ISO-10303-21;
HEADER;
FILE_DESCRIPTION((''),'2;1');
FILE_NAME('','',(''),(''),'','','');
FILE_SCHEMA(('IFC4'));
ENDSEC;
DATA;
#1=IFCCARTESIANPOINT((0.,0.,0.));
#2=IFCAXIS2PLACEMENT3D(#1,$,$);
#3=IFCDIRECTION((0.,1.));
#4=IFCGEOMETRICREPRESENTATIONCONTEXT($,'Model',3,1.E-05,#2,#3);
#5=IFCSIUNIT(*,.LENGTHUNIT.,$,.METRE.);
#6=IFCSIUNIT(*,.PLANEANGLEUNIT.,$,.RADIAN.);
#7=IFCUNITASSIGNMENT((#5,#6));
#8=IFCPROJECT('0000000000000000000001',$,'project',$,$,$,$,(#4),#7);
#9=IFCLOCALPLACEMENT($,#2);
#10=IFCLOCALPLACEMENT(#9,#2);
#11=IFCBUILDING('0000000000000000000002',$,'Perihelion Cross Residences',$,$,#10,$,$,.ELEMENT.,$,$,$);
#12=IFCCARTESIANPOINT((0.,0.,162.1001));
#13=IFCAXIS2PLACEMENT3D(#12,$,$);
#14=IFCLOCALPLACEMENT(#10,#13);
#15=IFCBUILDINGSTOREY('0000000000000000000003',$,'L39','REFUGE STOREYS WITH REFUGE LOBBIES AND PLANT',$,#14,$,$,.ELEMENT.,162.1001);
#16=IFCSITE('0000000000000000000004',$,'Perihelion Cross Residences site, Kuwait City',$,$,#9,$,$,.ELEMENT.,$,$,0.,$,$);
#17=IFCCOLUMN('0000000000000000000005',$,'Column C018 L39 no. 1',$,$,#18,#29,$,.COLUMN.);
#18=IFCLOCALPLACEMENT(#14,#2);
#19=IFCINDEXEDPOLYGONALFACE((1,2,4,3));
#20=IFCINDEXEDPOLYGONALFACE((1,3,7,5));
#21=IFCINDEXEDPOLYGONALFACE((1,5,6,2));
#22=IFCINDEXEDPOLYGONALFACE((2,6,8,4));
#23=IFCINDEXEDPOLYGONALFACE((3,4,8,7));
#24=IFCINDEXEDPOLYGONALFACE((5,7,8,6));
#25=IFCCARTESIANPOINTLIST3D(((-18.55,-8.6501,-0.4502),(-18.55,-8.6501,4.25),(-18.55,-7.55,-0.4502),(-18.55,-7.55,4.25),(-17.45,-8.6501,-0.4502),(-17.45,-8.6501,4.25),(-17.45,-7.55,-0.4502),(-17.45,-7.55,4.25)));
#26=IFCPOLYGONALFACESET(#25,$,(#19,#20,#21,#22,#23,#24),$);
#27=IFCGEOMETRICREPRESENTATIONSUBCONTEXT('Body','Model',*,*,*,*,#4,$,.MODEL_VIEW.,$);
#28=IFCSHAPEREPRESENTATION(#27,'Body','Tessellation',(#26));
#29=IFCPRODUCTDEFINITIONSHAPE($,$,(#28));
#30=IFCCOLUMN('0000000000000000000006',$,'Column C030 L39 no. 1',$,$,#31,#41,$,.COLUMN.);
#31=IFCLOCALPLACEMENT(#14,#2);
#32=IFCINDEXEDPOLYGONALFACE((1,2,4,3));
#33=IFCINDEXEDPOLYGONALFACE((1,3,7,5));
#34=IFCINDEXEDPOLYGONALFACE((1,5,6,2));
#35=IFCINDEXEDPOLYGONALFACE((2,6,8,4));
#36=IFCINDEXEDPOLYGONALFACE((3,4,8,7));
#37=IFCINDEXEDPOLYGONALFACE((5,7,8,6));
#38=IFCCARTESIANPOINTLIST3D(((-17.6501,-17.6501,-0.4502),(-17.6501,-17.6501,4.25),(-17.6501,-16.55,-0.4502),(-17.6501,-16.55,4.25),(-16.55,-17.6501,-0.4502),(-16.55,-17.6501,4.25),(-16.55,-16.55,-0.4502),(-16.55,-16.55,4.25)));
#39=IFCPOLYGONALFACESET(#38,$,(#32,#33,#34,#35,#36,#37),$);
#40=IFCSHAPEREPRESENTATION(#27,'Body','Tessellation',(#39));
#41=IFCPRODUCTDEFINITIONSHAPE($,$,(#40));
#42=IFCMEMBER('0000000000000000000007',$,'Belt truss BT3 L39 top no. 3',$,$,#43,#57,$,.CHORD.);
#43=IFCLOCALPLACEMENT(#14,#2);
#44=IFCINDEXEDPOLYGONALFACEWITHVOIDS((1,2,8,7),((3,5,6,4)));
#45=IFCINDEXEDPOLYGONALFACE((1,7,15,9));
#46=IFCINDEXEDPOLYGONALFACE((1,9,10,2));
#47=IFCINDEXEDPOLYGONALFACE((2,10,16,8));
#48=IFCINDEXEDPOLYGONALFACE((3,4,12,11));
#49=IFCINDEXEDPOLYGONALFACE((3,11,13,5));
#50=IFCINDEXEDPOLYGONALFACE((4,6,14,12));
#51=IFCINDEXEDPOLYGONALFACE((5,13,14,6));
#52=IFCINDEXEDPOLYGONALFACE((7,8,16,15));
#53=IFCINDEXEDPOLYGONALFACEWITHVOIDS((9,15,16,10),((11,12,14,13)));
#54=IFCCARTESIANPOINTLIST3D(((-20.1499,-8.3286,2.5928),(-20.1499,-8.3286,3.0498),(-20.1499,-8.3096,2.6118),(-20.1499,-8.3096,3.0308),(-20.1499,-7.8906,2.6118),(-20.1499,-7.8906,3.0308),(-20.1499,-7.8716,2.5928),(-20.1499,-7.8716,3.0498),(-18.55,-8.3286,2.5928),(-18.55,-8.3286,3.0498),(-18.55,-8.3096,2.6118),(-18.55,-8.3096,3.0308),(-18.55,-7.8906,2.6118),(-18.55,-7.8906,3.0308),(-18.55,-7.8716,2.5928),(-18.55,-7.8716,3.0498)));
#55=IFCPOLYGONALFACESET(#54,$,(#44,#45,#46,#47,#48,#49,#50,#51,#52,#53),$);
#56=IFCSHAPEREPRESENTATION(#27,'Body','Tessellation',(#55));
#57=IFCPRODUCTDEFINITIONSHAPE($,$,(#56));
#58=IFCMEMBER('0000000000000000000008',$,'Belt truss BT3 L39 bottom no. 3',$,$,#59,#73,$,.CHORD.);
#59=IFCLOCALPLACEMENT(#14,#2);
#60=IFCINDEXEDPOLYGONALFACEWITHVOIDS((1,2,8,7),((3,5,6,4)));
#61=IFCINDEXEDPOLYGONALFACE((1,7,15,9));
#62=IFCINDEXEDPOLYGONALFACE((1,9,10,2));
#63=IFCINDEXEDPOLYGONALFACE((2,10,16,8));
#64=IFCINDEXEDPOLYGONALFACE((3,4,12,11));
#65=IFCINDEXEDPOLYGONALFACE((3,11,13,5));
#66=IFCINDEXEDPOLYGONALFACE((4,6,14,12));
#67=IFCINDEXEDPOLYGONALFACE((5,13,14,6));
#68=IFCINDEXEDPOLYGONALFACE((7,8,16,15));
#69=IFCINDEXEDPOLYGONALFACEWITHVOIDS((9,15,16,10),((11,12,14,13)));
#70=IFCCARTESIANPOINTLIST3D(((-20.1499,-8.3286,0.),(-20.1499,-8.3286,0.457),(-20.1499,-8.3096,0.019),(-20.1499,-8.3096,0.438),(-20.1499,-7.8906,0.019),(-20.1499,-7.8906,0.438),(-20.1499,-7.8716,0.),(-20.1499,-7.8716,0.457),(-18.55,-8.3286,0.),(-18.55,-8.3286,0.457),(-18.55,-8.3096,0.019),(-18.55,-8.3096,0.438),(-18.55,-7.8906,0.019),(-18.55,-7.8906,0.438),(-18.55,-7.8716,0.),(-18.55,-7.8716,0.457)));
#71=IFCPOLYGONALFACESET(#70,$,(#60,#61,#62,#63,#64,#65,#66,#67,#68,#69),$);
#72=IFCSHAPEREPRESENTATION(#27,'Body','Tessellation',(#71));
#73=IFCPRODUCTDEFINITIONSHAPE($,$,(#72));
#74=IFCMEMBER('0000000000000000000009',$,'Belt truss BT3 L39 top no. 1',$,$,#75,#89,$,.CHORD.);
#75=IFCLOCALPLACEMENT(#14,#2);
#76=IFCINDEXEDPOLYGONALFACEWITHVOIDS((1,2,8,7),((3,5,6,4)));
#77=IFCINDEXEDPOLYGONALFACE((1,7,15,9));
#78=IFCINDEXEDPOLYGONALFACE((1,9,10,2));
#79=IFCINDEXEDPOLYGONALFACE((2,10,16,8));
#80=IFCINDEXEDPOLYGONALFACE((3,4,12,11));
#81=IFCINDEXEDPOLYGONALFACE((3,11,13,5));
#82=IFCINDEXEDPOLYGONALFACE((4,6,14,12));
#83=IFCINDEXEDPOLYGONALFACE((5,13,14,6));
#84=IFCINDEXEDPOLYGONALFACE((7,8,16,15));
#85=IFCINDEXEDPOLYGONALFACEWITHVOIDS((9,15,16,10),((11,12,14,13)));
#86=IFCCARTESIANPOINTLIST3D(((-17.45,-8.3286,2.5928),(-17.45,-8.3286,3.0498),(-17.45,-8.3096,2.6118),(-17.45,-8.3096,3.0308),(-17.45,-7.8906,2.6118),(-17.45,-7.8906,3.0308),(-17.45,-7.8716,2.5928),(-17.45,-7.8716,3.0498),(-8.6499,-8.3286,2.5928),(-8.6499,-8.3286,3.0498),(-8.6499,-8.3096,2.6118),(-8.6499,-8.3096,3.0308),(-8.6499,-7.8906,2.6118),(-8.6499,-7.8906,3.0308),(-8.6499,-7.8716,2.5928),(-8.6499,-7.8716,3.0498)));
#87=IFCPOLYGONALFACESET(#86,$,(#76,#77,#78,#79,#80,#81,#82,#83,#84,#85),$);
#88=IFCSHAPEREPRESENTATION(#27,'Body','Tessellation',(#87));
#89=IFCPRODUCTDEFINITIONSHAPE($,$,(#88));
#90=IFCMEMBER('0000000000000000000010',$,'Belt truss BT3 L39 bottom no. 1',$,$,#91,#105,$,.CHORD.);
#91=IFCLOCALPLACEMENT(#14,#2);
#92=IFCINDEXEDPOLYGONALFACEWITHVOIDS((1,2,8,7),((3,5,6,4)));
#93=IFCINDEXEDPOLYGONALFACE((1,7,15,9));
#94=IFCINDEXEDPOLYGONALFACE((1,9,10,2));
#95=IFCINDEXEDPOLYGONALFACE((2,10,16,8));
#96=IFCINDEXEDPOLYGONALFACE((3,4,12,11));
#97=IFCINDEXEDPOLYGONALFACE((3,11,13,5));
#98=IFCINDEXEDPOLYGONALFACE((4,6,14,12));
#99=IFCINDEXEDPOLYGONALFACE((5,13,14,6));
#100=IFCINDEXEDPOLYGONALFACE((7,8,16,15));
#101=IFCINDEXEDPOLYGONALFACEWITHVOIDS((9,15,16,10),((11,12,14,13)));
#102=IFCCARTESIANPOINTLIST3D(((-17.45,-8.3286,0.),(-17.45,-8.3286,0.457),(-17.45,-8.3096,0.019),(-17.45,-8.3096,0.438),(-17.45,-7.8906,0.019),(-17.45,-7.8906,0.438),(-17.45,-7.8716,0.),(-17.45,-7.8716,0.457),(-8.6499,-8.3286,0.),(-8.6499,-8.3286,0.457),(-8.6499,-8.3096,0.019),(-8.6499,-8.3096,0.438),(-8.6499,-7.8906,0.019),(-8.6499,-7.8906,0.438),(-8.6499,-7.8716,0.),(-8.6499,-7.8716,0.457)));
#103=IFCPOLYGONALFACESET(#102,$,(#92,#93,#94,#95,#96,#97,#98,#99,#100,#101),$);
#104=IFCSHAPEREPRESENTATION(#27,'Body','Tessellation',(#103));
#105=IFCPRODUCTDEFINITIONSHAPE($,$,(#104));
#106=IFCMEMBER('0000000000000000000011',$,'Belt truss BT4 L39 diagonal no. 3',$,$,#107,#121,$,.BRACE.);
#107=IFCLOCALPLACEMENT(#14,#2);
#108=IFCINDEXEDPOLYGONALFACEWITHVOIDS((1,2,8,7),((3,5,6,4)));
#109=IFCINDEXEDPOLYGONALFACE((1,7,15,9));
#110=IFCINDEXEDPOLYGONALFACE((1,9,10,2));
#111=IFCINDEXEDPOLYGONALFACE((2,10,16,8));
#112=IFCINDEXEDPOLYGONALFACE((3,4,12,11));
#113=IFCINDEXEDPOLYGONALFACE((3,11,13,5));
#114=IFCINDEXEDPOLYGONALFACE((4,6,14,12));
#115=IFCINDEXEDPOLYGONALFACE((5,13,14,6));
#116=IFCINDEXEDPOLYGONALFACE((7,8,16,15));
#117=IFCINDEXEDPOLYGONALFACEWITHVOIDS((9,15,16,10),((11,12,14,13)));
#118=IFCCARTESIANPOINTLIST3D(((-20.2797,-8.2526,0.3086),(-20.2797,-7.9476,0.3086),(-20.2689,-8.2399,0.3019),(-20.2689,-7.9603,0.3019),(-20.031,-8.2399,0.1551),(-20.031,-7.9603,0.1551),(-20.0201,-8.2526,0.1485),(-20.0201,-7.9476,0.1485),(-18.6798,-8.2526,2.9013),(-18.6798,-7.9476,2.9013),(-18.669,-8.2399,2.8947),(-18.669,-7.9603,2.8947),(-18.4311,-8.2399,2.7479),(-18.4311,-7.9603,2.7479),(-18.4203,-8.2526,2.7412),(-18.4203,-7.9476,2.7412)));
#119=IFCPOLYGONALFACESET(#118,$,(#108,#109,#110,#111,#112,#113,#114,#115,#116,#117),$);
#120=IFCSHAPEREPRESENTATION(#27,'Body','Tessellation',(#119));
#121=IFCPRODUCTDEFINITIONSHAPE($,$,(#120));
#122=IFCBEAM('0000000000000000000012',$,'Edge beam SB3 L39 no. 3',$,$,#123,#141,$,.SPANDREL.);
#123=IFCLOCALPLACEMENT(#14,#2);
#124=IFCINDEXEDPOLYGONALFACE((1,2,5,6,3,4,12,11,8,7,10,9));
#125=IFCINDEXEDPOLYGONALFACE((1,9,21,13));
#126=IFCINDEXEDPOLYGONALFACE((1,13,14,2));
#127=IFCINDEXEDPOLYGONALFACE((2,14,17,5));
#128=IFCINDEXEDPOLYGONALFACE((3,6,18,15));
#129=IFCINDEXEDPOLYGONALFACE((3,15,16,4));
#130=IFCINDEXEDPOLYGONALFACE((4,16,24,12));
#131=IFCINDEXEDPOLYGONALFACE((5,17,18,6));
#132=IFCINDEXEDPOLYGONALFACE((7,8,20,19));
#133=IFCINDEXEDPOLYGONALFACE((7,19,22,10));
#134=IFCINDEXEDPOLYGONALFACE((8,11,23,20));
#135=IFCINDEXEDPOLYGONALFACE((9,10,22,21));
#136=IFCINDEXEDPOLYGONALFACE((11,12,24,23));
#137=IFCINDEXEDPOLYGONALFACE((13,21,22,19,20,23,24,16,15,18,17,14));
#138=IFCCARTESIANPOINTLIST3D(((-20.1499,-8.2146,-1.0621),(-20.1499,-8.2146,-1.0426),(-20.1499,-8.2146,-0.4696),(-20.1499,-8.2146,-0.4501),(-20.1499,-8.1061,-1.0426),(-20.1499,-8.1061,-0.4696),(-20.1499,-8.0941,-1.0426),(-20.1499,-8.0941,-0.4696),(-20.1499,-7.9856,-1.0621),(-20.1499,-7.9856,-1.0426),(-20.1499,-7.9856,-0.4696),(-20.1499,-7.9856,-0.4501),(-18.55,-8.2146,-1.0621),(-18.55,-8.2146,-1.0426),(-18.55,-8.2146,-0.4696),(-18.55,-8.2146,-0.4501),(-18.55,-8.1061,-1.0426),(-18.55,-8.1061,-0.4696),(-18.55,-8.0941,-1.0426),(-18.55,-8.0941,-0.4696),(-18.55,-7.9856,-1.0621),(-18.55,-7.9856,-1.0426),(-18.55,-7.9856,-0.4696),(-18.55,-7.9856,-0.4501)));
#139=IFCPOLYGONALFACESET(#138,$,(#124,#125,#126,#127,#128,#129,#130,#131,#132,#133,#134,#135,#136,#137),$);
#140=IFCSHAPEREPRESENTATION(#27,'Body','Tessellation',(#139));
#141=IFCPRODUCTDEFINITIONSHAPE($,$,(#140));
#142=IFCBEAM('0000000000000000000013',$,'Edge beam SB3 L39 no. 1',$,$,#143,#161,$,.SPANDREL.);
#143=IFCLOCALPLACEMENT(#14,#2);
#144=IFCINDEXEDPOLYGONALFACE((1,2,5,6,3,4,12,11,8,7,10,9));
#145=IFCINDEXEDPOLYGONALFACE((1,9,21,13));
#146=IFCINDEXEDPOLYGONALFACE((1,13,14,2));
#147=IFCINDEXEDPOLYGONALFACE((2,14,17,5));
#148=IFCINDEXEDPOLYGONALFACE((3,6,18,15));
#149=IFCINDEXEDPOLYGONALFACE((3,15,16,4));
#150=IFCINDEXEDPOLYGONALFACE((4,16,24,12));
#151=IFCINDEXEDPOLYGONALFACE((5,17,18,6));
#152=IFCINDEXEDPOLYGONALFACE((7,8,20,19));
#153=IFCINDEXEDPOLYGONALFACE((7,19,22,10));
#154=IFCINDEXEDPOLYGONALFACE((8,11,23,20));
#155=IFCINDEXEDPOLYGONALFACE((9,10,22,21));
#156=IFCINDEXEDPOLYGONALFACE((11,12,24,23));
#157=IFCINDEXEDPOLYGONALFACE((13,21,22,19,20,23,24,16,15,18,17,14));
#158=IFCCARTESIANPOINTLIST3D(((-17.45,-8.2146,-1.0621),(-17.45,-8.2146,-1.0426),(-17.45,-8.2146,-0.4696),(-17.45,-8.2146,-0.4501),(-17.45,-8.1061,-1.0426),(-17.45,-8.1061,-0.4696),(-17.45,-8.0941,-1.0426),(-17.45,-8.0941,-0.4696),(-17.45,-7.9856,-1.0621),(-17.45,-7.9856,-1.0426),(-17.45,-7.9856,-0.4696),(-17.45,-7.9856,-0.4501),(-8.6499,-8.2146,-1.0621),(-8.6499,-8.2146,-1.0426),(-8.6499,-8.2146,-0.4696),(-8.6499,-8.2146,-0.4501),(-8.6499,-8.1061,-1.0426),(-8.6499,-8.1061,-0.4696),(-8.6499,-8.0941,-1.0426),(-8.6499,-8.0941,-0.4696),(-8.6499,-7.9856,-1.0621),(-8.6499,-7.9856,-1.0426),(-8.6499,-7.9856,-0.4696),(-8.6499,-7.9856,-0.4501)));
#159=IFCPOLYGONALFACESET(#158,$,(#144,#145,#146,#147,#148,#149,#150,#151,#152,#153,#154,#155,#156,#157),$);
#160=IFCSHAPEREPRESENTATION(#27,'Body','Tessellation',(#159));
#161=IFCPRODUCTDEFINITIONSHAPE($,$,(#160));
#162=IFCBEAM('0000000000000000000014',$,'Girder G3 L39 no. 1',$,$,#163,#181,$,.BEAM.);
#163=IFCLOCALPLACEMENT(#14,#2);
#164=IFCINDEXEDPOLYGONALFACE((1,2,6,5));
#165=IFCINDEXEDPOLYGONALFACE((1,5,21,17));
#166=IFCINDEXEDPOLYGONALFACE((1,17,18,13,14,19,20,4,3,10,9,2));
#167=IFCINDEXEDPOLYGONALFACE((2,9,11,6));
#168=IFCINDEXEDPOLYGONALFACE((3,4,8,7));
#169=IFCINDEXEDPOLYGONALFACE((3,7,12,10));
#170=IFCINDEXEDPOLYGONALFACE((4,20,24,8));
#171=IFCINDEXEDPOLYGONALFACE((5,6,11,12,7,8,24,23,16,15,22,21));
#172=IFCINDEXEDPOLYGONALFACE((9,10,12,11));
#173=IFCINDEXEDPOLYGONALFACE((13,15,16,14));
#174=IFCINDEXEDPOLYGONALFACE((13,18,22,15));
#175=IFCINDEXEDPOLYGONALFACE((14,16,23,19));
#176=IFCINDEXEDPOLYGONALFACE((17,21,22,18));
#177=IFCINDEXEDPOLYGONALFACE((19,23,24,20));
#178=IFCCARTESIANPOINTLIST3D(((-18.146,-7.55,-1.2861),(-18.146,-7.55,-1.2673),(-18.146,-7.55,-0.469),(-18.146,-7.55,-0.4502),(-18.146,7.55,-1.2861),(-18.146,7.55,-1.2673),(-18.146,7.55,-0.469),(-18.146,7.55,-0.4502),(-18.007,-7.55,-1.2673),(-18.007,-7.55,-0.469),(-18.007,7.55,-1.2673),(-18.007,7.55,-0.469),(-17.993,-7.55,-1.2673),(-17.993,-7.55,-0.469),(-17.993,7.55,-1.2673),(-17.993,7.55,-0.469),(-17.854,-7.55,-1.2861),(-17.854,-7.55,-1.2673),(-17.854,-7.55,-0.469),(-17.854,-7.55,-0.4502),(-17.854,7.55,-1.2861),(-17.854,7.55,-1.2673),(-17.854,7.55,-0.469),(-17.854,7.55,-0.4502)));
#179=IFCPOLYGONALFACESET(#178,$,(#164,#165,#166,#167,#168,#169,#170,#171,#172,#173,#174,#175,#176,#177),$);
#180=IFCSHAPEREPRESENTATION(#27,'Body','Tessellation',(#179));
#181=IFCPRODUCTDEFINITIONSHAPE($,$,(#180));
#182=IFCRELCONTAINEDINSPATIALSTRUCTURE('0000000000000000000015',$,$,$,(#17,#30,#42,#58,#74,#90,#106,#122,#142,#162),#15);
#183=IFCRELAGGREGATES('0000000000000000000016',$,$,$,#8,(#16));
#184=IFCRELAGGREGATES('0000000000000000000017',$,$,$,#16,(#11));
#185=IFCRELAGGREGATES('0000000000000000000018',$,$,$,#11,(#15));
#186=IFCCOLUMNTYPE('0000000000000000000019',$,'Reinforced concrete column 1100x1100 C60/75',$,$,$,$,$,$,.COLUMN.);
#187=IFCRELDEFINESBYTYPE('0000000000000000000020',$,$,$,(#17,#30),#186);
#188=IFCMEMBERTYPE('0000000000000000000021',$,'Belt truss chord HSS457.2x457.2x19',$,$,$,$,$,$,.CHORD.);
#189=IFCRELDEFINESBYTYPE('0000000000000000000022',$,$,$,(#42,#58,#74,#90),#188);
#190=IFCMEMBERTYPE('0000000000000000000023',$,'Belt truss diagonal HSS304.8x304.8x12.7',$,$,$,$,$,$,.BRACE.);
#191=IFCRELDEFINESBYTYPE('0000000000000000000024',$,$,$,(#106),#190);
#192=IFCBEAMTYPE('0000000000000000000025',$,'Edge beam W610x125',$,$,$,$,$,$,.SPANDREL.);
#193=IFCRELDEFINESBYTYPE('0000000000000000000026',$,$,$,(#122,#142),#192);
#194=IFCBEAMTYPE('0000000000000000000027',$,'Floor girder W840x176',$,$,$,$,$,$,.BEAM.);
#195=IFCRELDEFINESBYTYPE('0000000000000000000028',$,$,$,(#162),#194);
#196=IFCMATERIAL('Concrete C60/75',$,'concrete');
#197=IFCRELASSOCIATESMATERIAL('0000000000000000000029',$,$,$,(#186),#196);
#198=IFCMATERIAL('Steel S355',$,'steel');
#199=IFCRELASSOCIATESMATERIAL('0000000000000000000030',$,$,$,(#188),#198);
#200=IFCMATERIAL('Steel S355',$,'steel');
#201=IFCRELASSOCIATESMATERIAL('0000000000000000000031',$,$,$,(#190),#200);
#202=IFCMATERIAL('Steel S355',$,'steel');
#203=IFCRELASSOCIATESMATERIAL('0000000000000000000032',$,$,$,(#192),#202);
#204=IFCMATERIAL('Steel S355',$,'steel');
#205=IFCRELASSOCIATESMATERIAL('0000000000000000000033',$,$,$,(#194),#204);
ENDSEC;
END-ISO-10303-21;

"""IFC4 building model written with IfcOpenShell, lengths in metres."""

from ifc_helpers import new_model, si_unit, direction, frame, origin, origin_2d, place, context, subcontext, project, spatial, rectangle, hollow_rectangle, i_section, extrude, material, material_profile, profile_set, type_object, element, save


model = new_model("IFC4")

# Units and contexts
model_context = context("Model", 3, precision=1e-05, world=origin(), true_north=direction((0.0, 1.0)))
body_context = subcontext(model_context, "Body", "Model", "MODEL_VIEW")
ifc_project = project(units=[si_unit("LENGTHUNIT", "METRE"), si_unit("PLANEANGLEUNIT", "RADIAN")], contexts=[model_context])

# Site, building, storey
site_placement = place(None, origin())
site = spatial("IfcSite", under=ifc_project, at=site_placement, Name="Perihelion Cross Residences site, Kuwait City", CompositionType="ELEMENT", RefElevation=0.0)
building_placement = place(site_placement, origin())
building = spatial("IfcBuilding", under=site, at=building_placement, Name="Perihelion Cross Residences", CompositionType="ELEMENT")
storey_placement = place(building_placement, frame((0.0, 0.0, 162.1001)))
storey = spatial("IfcBuildingStorey", under=building, at=storey_placement, Name="L39", Description="REFUGE STOREYS WITH REFUGE LOBBIES AND PLANT", CompositionType="ELEMENT", Elevation=162.1001)

# Columns
ifc_material_1 = material(Name="Concrete C60/75", Category="concrete")
ifc_material_profile_1 = material_profile(ifc_material_1, rectangle(XDim=1.1001, YDim=1.1001, at=origin_2d()), Name="RC 1100x1100")
ifc_profile_set_1 = profile_set([ifc_material_profile_1], Name="Concrete C60/75")
column_type = type_object("IfcColumnType", Name="Reinforced concrete column 1100x1100 C60/75", PredefinedType="COLUMN", material=ifc_profile_set_1)
for number, where, z_axis, x_axis, name in (
    (1, (-18.0, -8.1001, -0.4502), (0.0, 0.0, 1.0), (1.0, 0.0, 0.0), "Column C018 L39 no. 1"),
    (2, (-17.1001, -17.1001, -0.4502), (0.0, 0.0, 1.0), (1.0, 0.0, 0.0), "Column C030 L39 no. 1"),
):
    element("IfcColumn", number, at=place(storey_placement, frame(where, z_axis=z_axis, x_axis=x_axis)), inside=storey, type_object=column_type, Name=name, PredefinedType="COLUMN", context=body_context, shape_type="SweptSolid", body=[
        extrude(rectangle(XDim=1.1001, YDim=1.1001, at=origin_2d()), origin(), (0.0, 0.0, 1.0), 4.7002),
    ])

# Members
ifc_material_2 = material(Name="Steel S355", Category="steel")
ifc_material_profile_2 = material_profile(ifc_material_2, hollow_rectangle(XDim=0.457, YDim=0.457, WallThickness=0.019, at=origin_2d()), Name="HSS457.2x457.2x19")
ifc_profile_set_2 = profile_set([ifc_material_profile_2], Name="Steel S355")
member_type_1 = type_object("IfcMemberType", Name="Belt truss chord HSS457.2x457.2x19", PredefinedType="CHORD", material=ifc_profile_set_2)
for number, where, z_axis, x_axis, name in (
    (3, (-20.1499, -8.1001, 2.8213), (1.0, 0.0, 0.0), (0.0, 1.0, 0.0), "Belt truss BT3 L39 top no. 3"),
    (4, (-20.1499, -8.1001, 0.2285), (1.0, 0.0, 0.0), (0.0, 1.0, 0.0), "Belt truss BT3 L39 bottom no. 3"),
):
    element("IfcMember", number, at=place(storey_placement, frame(where, z_axis=z_axis, x_axis=x_axis)), inside=storey, type_object=member_type_1, Name=name, PredefinedType="CHORD", context=body_context, shape_type="SweptSolid", body=[
        extrude(hollow_rectangle(XDim=0.457, YDim=0.457, WallThickness=0.019, at=origin_2d()), origin(), (0.0, 0.0, 1.0), 1.5999),
    ])
for number, where, z_axis, x_axis, name in (
    (5, (-17.45, -8.1001, 2.8213), (1.0, 0.0, 0.0), (0.0, 1.0, 0.0), "Belt truss BT3 L39 top no. 1"),
    (6, (-17.45, -8.1001, 0.2285), (1.0, 0.0, 0.0), (0.0, 1.0, 0.0), "Belt truss BT3 L39 bottom no. 1"),
):
    element("IfcMember", number, at=place(storey_placement, frame(where, z_axis=z_axis, x_axis=x_axis)), inside=storey, type_object=member_type_1, Name=name, PredefinedType="CHORD", context=body_context, shape_type="SweptSolid", body=[
        extrude(hollow_rectangle(XDim=0.457, YDim=0.457, WallThickness=0.019, at=origin_2d()), origin(), (0.0, 0.0, 1.0), 8.8),
    ])
ifc_material_3 = material(Name="Steel S355", Category="steel")
ifc_material_profile_3 = material_profile(ifc_material_3, hollow_rectangle(XDim=0.3049, YDim=0.3049, WallThickness=0.0127, at=origin_2d()), Name="HSS304.8x304.8x12.7")
ifc_profile_set_3 = profile_set([ifc_material_profile_3], Name="Steel S355")
member_type_2 = type_object("IfcMemberType", Name="Belt truss diagonal HSS304.8x304.8x12.7", PredefinedType="BRACE", material=ifc_profile_set_3)
member_placement = place(storey_placement, frame((-20.1499, -8.1001, 0.2285), z_axis=(0.525121, 0.0, 0.851028), x_axis=(0.0, 1.0, 0.0)))
element("IfcMember", 7, at=member_placement, inside=storey, type_object=member_type_2, Name="Belt truss BT4 L39 diagonal no. 3", PredefinedType="BRACE", context=body_context, shape_type="SweptSolid", body=[
    extrude(hollow_rectangle(XDim=0.3049, YDim=0.3049, WallThickness=0.0127, at=origin_2d()), origin(), (0.0, 0.0, 1.0), 3.0466),
])

# Beams
ifc_material_4 = material(Name="Steel S355", Category="steel")
ifc_material_profile_4 = material_profile(ifc_material_4, i_section(OverallWidth=0.229, OverallDepth=0.6121, WebThickness=0.012, FlangeThickness=0.0195, at=origin_2d()), Name="W610x125")
ifc_profile_set_4 = profile_set([ifc_material_profile_4], Name="Steel S355")
beam_type_1 = type_object("IfcBeamType", Name="Edge beam W610x125", PredefinedType="SPANDREL", material=ifc_profile_set_4)
beam_1_placement = place(storey_placement, frame((-20.1499, -8.1001, -0.7561), z_axis=(1.0, 0.0, 0.0), x_axis=(0.0, 1.0, 0.0)))
element("IfcBeam", 8, at=beam_1_placement, inside=storey, type_object=beam_type_1, Name="Edge beam SB3 L39 no. 3", PredefinedType="SPANDREL", context=body_context, shape_type="SweptSolid", body=[
    extrude(i_section(OverallWidth=0.229, OverallDepth=0.6121, WebThickness=0.012, FlangeThickness=0.0195, at=origin_2d()), origin(), (0.0, 0.0, 1.0), 1.5999),
])
beam_2_placement = place(storey_placement, frame((-17.45, -8.1001, -0.7561), z_axis=(1.0, 0.0, 0.0), x_axis=(0.0, 1.0, 0.0)))
element("IfcBeam", 9, at=beam_2_placement, inside=storey, type_object=beam_type_1, Name="Edge beam SB3 L39 no. 1", PredefinedType="SPANDREL", context=body_context, shape_type="SweptSolid", body=[
    extrude(i_section(OverallWidth=0.229, OverallDepth=0.6121, WebThickness=0.012, FlangeThickness=0.0195, at=origin_2d()), origin(), (0.0, 0.0, 1.0), 8.8),
])
ifc_material_5 = material(Name="Steel S355", Category="steel")
ifc_material_profile_5 = material_profile(ifc_material_5, i_section(OverallWidth=0.292, OverallDepth=0.8359, WebThickness=0.0139, FlangeThickness=0.0188, at=origin_2d()), Name="W840x176")
ifc_profile_set_5 = profile_set([ifc_material_profile_5], Name="Steel S355")
beam_type_2 = type_object("IfcBeamType", Name="Floor girder W840x176", PredefinedType="BEAM", material=ifc_profile_set_5)
beam_3_placement = place(storey_placement, frame((-18.0, -7.55, -0.8682), z_axis=(0.0, 1.0, 0.0), x_axis=(-1.0, 0.0, 0.0)))
element("IfcBeam", 10, at=beam_3_placement, inside=storey, type_object=beam_type_2, Name="Girder G3 L39 no. 1", PredefinedType="BEAM", context=body_context, shape_type="SweptSolid", body=[
    extrude(i_section(OverallWidth=0.292, OverallDepth=0.8359, WebThickness=0.0139, FlangeThickness=0.0188, at=origin_2d()), origin(), (0.0, 0.0, 1.0), 15.1001),
])

save(model, "model.ifc")
